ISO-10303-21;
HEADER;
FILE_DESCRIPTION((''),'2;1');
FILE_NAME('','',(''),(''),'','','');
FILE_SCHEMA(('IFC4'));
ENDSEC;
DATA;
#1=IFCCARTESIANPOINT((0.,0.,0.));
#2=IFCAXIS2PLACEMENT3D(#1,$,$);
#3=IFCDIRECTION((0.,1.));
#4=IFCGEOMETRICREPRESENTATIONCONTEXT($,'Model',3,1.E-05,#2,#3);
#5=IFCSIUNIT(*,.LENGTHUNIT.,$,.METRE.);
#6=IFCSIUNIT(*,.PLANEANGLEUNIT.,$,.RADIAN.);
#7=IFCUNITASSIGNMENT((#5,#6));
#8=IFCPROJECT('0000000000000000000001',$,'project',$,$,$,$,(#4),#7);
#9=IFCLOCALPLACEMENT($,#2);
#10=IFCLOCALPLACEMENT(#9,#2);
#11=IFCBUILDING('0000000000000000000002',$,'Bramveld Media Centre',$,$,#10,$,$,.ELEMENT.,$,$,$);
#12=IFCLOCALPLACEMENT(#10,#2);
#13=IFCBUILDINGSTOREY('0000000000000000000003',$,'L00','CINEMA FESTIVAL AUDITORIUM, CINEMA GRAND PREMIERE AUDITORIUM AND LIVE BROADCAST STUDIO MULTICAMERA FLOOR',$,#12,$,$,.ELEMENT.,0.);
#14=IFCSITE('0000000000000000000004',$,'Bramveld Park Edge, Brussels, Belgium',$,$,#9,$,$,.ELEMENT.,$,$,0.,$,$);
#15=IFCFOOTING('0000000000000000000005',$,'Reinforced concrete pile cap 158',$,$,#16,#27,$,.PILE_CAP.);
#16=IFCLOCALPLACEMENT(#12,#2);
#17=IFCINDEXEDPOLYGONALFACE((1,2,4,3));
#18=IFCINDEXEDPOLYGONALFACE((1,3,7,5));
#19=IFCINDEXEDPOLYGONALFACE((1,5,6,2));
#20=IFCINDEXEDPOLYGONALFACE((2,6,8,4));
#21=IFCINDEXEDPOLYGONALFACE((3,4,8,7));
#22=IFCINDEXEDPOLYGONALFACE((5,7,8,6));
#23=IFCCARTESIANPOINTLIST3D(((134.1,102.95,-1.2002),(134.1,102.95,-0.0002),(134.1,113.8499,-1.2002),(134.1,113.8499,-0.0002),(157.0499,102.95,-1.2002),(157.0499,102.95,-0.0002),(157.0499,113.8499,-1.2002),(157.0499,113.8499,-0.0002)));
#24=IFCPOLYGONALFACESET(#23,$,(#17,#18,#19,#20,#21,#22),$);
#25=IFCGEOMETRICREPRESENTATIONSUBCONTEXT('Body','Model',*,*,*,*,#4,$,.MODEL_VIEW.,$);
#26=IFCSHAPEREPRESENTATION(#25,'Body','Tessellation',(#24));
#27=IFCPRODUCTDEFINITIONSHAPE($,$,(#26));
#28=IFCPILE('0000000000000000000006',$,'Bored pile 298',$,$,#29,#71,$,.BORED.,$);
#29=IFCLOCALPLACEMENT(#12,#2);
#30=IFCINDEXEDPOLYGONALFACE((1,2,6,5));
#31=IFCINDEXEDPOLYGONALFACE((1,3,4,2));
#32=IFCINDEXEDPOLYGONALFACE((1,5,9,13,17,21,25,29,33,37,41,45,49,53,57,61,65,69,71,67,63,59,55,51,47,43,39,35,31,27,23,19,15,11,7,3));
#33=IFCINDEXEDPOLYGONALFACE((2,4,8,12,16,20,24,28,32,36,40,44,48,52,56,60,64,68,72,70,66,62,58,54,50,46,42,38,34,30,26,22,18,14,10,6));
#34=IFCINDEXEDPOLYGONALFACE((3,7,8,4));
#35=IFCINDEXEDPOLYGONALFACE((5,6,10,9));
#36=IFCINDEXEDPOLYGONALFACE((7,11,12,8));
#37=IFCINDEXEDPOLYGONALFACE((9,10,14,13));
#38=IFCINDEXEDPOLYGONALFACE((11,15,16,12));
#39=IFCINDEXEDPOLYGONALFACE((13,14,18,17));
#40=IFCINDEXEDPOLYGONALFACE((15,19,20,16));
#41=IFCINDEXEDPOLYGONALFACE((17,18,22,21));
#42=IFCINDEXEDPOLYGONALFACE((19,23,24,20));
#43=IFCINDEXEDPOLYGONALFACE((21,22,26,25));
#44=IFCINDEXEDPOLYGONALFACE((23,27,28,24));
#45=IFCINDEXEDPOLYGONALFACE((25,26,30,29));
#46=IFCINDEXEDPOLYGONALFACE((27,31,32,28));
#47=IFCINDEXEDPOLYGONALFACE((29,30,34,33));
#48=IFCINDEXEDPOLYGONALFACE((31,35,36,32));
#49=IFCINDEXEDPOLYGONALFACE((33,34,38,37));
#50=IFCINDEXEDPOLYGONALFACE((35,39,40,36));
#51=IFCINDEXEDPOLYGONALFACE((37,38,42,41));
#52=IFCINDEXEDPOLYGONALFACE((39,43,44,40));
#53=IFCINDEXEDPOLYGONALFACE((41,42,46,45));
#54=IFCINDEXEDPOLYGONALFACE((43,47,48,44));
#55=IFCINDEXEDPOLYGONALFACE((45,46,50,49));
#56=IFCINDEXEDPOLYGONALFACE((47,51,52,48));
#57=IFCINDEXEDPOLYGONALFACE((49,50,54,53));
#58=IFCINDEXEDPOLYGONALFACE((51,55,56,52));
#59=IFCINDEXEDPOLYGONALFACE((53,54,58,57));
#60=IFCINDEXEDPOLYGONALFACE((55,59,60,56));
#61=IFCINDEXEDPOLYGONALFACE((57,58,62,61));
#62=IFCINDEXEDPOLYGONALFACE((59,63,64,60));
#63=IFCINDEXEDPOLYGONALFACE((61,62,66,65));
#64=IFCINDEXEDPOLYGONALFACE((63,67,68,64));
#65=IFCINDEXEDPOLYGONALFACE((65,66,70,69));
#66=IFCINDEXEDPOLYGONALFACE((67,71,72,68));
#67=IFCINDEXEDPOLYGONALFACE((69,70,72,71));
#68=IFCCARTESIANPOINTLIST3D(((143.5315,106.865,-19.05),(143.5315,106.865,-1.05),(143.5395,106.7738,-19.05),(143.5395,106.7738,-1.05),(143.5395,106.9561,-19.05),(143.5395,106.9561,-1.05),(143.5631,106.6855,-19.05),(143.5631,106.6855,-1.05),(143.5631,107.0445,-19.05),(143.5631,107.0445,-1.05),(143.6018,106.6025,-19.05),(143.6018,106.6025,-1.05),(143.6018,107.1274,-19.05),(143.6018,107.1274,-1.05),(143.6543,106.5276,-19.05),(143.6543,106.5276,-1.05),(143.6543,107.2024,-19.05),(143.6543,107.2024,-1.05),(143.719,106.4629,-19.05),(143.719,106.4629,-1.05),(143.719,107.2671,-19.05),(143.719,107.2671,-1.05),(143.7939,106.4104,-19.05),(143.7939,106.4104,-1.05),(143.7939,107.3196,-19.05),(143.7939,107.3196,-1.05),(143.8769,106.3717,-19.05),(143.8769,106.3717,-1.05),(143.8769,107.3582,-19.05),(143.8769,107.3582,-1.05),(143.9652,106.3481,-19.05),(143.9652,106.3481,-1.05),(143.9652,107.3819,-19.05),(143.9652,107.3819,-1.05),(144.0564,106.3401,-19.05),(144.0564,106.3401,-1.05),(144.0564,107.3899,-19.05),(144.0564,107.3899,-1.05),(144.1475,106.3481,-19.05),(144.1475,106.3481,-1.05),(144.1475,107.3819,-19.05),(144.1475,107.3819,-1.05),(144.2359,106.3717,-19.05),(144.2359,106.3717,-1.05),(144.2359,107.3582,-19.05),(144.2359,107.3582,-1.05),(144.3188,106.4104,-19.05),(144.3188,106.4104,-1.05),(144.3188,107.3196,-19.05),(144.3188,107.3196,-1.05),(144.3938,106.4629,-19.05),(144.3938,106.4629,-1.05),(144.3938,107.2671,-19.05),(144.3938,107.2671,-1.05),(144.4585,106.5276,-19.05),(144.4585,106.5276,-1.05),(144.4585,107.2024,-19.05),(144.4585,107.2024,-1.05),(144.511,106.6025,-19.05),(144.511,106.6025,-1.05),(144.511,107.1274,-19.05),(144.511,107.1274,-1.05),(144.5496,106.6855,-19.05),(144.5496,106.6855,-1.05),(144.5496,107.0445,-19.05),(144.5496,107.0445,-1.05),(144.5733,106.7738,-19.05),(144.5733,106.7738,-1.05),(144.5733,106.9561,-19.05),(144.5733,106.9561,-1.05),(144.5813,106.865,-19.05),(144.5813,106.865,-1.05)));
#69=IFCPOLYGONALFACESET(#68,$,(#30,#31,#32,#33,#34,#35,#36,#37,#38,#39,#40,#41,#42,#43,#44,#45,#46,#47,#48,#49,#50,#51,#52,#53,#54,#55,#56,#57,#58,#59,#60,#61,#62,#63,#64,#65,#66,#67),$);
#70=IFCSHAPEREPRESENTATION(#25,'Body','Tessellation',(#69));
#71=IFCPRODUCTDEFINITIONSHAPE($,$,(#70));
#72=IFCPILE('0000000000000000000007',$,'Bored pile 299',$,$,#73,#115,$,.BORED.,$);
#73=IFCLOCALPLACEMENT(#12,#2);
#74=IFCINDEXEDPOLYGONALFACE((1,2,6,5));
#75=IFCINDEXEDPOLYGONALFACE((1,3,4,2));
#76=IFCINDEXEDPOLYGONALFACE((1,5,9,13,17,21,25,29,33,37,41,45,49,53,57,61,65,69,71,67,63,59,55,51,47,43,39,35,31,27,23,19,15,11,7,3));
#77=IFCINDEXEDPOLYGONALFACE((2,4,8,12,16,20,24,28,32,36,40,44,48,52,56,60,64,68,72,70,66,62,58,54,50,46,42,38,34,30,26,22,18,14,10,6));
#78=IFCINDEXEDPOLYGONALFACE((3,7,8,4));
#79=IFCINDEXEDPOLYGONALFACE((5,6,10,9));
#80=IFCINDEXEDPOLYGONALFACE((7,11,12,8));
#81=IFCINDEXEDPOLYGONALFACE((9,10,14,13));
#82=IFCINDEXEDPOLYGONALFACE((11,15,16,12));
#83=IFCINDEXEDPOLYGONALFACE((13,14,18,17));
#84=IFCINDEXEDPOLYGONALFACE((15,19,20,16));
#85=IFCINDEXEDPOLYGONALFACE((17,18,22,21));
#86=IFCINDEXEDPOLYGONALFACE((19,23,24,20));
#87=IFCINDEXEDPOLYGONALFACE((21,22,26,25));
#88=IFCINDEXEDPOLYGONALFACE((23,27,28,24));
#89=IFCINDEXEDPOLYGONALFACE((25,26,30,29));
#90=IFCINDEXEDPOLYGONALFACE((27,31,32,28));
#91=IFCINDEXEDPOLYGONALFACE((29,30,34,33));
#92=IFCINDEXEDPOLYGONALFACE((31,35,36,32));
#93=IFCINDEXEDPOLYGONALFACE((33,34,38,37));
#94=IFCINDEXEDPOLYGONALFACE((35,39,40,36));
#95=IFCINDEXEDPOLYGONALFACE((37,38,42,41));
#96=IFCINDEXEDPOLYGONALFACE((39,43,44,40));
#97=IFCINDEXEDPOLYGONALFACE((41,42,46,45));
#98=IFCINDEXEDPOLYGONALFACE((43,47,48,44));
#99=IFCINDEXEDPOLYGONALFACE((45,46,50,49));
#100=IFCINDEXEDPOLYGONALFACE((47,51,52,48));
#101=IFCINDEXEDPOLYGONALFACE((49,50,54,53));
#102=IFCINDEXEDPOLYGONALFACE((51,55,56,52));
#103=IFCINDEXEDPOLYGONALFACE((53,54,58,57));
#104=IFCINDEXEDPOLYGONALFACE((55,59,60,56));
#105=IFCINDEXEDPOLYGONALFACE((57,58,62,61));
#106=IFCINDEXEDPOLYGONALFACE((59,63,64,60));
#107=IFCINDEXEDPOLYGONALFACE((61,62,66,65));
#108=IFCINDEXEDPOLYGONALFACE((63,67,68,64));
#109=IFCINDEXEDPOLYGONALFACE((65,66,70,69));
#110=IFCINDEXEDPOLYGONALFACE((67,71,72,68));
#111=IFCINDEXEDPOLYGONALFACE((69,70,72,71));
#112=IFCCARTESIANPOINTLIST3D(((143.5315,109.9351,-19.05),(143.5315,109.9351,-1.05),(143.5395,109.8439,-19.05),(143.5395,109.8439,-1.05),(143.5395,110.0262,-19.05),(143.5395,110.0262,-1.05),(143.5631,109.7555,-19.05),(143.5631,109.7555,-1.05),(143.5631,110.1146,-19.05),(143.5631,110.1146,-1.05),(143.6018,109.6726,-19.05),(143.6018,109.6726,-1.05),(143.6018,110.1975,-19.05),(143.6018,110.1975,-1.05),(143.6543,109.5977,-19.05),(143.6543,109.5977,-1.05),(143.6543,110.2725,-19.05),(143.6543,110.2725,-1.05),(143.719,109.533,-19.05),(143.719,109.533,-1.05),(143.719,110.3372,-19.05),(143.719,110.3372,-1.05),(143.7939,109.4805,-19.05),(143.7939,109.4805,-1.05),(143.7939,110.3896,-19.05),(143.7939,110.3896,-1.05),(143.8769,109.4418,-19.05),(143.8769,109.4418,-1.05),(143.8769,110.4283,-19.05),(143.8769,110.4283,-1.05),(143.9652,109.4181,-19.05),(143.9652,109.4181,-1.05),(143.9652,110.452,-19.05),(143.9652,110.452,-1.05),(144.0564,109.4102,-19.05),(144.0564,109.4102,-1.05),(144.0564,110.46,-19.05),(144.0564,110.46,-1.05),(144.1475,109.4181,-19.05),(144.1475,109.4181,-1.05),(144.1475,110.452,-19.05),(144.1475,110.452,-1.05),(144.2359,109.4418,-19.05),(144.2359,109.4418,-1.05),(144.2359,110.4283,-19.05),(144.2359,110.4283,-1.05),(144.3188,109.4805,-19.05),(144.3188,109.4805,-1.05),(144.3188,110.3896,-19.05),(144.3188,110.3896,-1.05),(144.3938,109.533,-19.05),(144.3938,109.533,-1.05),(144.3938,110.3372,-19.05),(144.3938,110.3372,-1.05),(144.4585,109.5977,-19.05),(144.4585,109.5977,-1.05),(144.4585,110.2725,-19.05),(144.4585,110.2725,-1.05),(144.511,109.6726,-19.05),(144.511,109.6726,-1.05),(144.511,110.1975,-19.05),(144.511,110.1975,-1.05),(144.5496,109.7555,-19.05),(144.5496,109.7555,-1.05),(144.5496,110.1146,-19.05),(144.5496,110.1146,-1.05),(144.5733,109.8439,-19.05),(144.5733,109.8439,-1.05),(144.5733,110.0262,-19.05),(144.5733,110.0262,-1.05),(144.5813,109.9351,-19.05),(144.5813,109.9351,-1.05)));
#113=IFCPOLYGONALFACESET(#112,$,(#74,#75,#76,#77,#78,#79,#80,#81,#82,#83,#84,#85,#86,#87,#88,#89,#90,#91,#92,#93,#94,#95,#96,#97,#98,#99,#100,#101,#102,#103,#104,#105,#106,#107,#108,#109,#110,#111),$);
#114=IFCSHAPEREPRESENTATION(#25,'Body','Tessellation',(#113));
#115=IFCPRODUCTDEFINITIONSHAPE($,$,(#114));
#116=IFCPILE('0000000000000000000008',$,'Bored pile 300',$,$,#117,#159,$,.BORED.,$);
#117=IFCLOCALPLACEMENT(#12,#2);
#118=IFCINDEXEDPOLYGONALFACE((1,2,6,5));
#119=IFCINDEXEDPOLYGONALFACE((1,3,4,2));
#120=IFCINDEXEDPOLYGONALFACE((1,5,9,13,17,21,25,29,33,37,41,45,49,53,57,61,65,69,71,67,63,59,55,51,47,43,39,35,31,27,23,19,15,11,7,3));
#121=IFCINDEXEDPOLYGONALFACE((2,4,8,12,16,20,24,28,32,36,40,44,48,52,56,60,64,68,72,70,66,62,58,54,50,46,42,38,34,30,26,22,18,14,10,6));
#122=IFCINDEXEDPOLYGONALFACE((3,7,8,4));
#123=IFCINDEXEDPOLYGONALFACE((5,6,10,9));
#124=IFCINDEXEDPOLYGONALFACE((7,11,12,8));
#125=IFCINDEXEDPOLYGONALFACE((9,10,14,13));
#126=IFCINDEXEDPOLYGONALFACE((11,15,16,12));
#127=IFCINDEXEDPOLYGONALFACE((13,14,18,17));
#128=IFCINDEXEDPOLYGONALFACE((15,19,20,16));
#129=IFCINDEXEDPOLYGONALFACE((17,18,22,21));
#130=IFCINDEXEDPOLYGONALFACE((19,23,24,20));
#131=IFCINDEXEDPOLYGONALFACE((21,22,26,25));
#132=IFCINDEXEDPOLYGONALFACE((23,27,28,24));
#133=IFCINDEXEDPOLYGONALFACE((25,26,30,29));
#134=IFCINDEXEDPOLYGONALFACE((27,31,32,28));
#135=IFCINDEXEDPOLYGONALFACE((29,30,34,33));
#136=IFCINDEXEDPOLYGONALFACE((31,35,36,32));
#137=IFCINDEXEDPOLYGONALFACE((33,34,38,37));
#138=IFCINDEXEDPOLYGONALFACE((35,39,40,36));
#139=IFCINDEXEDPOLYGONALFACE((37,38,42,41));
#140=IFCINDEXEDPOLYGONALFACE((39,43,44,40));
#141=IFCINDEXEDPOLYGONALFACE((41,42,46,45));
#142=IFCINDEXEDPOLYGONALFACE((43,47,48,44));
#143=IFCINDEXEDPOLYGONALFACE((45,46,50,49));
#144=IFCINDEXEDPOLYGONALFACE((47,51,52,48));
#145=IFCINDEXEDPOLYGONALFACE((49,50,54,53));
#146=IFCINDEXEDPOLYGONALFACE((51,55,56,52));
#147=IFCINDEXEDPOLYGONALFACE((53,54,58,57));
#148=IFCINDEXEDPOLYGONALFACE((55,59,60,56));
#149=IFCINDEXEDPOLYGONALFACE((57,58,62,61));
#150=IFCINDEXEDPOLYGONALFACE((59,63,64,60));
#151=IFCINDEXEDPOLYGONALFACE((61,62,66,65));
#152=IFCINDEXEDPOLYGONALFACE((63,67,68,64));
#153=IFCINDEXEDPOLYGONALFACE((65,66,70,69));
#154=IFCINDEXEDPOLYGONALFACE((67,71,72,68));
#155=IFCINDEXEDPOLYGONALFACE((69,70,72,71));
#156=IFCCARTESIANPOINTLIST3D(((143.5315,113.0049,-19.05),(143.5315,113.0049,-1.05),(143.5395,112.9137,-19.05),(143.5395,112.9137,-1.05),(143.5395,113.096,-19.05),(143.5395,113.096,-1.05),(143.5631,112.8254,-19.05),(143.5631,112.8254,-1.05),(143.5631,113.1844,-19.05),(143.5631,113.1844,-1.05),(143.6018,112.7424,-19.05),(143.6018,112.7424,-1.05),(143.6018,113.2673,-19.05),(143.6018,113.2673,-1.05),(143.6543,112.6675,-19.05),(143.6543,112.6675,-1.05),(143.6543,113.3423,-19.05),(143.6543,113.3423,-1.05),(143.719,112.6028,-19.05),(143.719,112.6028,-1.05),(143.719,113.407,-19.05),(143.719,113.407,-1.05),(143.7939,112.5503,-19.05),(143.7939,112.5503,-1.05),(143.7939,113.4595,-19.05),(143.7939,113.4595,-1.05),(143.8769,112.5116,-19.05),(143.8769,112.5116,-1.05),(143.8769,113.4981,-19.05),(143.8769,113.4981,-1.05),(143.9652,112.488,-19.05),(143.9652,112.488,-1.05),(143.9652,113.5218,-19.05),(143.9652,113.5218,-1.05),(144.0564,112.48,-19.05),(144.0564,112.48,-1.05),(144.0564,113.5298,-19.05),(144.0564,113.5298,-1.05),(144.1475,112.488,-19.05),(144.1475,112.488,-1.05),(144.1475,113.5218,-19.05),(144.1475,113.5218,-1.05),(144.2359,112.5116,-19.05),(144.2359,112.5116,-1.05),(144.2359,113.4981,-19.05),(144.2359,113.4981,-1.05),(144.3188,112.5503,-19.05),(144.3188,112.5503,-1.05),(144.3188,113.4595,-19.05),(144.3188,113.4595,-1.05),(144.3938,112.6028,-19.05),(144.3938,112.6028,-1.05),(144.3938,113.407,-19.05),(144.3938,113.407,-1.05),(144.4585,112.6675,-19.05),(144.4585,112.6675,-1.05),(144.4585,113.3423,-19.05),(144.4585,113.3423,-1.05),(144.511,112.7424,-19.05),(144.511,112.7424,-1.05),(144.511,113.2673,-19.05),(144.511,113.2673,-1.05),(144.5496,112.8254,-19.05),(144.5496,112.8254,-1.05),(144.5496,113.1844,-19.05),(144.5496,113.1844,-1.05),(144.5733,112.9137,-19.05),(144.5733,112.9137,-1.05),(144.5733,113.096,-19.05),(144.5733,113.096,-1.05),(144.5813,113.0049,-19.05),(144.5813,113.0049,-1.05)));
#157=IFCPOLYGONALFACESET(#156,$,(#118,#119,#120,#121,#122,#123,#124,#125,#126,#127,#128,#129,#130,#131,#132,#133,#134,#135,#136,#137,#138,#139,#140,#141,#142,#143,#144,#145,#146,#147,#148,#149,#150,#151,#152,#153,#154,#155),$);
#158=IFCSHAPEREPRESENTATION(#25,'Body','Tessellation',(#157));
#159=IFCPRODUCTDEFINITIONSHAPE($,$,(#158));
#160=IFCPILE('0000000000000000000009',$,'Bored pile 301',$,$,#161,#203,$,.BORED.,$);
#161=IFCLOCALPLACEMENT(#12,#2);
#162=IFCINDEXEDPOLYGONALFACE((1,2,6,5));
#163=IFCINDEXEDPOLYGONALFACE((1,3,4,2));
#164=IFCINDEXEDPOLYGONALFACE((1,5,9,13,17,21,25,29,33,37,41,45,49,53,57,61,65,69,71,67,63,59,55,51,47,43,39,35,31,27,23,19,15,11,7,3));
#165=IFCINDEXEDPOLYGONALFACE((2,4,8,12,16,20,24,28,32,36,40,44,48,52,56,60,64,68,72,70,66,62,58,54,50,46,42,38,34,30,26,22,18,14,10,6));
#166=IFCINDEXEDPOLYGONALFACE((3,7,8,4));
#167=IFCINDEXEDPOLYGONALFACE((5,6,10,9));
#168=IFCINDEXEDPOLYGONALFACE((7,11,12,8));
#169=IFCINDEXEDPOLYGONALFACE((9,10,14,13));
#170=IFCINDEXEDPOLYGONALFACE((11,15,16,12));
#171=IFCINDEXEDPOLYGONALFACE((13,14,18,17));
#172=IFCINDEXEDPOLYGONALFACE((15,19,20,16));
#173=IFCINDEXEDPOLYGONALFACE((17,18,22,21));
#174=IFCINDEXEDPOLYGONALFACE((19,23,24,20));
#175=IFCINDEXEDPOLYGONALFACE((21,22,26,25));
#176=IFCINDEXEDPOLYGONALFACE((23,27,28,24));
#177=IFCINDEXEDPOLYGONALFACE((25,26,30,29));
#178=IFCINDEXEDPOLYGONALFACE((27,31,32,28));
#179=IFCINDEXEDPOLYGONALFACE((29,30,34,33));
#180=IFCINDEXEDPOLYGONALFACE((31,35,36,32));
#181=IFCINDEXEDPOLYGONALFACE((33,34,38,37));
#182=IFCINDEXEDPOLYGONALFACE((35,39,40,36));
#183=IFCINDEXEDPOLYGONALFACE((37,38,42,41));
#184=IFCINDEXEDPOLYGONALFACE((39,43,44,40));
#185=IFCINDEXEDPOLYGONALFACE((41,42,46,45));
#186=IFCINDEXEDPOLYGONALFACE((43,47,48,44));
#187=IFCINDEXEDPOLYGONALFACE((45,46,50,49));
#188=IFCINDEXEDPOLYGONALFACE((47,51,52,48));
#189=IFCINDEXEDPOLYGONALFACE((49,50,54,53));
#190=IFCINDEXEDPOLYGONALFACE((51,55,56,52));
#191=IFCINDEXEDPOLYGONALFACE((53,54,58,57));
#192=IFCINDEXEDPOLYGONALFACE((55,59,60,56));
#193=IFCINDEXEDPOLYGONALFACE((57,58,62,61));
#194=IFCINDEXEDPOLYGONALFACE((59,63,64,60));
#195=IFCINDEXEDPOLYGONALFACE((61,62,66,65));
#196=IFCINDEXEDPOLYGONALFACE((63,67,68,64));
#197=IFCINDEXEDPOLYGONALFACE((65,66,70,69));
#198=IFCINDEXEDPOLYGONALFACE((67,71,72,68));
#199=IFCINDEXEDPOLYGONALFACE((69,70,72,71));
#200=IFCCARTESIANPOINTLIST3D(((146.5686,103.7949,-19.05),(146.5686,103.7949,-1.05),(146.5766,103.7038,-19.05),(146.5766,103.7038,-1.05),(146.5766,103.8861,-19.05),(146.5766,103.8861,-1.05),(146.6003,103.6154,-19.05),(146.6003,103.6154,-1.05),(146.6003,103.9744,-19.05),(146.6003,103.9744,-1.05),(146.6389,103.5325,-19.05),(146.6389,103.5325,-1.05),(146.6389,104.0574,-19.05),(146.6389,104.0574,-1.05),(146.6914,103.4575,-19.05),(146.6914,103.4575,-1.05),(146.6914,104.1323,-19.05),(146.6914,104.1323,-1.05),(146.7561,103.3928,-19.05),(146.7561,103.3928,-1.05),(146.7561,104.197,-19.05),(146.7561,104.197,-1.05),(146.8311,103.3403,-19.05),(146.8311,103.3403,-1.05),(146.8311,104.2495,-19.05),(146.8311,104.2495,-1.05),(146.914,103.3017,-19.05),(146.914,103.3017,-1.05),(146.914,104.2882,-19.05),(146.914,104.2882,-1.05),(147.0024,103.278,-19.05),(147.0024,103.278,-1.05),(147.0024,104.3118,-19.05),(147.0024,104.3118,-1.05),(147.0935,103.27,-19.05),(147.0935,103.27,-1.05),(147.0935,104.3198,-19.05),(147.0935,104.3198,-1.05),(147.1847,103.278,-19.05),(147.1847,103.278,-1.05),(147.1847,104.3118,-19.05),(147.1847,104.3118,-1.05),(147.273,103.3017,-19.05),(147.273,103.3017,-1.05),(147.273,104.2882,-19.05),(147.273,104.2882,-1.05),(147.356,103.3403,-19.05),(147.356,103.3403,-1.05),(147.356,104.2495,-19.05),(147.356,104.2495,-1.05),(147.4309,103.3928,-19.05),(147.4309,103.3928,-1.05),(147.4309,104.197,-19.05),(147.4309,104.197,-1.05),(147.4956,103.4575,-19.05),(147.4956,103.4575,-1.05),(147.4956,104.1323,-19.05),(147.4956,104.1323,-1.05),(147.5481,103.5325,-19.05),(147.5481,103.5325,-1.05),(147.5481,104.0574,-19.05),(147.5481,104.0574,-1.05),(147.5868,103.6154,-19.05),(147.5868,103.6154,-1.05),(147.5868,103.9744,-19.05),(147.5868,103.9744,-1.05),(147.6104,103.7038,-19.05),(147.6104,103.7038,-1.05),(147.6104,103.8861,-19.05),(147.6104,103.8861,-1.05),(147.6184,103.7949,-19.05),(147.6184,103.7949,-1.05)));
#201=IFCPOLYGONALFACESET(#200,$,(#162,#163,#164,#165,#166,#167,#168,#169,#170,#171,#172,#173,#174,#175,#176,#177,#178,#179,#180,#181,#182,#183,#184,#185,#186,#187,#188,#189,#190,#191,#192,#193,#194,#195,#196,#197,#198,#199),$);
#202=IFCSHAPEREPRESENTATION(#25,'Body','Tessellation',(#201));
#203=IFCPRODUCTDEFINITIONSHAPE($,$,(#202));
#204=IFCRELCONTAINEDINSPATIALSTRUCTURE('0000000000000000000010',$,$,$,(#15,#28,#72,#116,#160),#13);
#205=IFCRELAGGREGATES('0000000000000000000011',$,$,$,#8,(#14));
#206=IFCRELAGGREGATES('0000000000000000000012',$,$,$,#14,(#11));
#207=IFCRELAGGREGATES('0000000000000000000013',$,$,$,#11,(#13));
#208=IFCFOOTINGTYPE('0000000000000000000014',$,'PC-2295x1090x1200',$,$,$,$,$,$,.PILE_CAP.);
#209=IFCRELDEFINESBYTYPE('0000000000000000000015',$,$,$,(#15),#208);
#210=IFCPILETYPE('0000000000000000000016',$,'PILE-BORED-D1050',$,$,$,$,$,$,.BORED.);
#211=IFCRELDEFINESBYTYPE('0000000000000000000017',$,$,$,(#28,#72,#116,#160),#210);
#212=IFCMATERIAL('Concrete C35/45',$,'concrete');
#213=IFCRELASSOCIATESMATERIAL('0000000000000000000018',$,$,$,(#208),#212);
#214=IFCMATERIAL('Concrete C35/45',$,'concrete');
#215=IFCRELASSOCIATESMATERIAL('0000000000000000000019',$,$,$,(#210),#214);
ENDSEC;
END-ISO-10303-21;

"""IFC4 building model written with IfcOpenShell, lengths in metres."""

from ifc_helpers import new_model, si_unit, direction, frame, origin, origin_2d, place, context, subcontext, project, spatial, rectangle, circle, extrude, material, material_profile, profile_set, type_object, element, save


model = new_model("IFC4")

# Units and contexts
model_context = context("Model", 3, precision=1e-05, world=origin(), true_north=direction((0.0, 1.0)))
body_context = subcontext(model_context, "Body", "Model", "MODEL_VIEW")
ifc_project = project(units=[si_unit("LENGTHUNIT", "METRE"), si_unit("PLANEANGLEUNIT", "RADIAN")], contexts=[model_context])

# Site, building, storey
site_placement = place(None, origin())
site = spatial("IfcSite", under=ifc_project, at=site_placement, Name="Bramveld Park Edge, Brussels, Belgium", CompositionType="ELEMENT", RefElevation=0.0)
building_placement = place(site_placement, origin())
building = spatial("IfcBuilding", under=site, at=building_placement, Name="Bramveld Media Centre", CompositionType="ELEMENT")
storey_placement = place(building_placement, origin())
storey = spatial("IfcBuildingStorey", under=building, at=storey_placement, Name="L00", Description="CINEMA FESTIVAL AUDITORIUM, CINEMA GRAND PREMIERE AUDITORIUM AND LIVE BROADCAST STUDIO MULTICAMERA FLOOR", CompositionType="ELEMENT", Elevation=0.0)

# Footing
ifc_material_1 = material(Name="Concrete C35/45", Category="concrete")
footing_type = type_object("IfcFootingType", Name="PC-2295x1090x1200", PredefinedType="PILE_CAP", material=ifc_material_1)
footing_placement = place(storey_placement, frame((145.575, 108.3999, -1.2002), z_axis=(0.0, 0.0, 1.0), x_axis=(1.0, 0.0, 0.0)))
element("IfcFooting", 1, at=footing_placement, inside=storey, type_object=footing_type, Name="Reinforced concrete pile cap 158", PredefinedType="PILE_CAP", context=body_context, shape_type="SweptSolid", body=[
    extrude(rectangle(XDim=22.95, YDim=10.8999, at=origin_2d()), origin(), (0.0, 0.0, 1.0), 1.2),
])

# Piles
ifc_material_2 = material(Name="Concrete C35/45", Category="concrete")
ifc_material_profile_1 = material_profile(ifc_material_2, circle(Radius=0.5249, at=origin_2d()), Name="BORED D1050")
ifc_profile_set_1 = profile_set([ifc_material_profile_1], Name="Concrete C35/45")
pile_type = type_object("IfcPileType", Name="PILE-BORED-D1050", PredefinedType="BORED", material=ifc_profile_set_1)
for number, where, z_axis, x_axis, name in (
    (2, (144.0564, 106.865, -1.05), (0.0, 0.0, -1.0), (1.0, 0.0, 0.0), "Bored pile 298"),
    (3, (144.0564, 109.9351, -1.05), (0.0, 0.0, -1.0), (1.0, 0.0, 0.0), "Bored pile 299"),
    (4, (144.0564, 113.0049, -1.05), (0.0, 0.0, -1.0), (1.0, 0.0, 0.0), "Bored pile 300"),
    (5, (147.0935, 103.7949, -1.05), (0.0, 0.0, -1.0), (1.0, 0.0, 0.0), "Bored pile 301"),
):
    element("IfcPile", number, at=place(storey_placement, frame(where, z_axis=z_axis, x_axis=x_axis)), inside=storey, type_object=pile_type, Name=name, PredefinedType="BORED", context=body_context, shape_type="SweptSolid", body=[
        extrude(circle(Radius=0.5249, at=origin_2d()), origin(), (0.0, 0.0, 1.0), 18.0),
    ])

save(model, "model.ifc")
